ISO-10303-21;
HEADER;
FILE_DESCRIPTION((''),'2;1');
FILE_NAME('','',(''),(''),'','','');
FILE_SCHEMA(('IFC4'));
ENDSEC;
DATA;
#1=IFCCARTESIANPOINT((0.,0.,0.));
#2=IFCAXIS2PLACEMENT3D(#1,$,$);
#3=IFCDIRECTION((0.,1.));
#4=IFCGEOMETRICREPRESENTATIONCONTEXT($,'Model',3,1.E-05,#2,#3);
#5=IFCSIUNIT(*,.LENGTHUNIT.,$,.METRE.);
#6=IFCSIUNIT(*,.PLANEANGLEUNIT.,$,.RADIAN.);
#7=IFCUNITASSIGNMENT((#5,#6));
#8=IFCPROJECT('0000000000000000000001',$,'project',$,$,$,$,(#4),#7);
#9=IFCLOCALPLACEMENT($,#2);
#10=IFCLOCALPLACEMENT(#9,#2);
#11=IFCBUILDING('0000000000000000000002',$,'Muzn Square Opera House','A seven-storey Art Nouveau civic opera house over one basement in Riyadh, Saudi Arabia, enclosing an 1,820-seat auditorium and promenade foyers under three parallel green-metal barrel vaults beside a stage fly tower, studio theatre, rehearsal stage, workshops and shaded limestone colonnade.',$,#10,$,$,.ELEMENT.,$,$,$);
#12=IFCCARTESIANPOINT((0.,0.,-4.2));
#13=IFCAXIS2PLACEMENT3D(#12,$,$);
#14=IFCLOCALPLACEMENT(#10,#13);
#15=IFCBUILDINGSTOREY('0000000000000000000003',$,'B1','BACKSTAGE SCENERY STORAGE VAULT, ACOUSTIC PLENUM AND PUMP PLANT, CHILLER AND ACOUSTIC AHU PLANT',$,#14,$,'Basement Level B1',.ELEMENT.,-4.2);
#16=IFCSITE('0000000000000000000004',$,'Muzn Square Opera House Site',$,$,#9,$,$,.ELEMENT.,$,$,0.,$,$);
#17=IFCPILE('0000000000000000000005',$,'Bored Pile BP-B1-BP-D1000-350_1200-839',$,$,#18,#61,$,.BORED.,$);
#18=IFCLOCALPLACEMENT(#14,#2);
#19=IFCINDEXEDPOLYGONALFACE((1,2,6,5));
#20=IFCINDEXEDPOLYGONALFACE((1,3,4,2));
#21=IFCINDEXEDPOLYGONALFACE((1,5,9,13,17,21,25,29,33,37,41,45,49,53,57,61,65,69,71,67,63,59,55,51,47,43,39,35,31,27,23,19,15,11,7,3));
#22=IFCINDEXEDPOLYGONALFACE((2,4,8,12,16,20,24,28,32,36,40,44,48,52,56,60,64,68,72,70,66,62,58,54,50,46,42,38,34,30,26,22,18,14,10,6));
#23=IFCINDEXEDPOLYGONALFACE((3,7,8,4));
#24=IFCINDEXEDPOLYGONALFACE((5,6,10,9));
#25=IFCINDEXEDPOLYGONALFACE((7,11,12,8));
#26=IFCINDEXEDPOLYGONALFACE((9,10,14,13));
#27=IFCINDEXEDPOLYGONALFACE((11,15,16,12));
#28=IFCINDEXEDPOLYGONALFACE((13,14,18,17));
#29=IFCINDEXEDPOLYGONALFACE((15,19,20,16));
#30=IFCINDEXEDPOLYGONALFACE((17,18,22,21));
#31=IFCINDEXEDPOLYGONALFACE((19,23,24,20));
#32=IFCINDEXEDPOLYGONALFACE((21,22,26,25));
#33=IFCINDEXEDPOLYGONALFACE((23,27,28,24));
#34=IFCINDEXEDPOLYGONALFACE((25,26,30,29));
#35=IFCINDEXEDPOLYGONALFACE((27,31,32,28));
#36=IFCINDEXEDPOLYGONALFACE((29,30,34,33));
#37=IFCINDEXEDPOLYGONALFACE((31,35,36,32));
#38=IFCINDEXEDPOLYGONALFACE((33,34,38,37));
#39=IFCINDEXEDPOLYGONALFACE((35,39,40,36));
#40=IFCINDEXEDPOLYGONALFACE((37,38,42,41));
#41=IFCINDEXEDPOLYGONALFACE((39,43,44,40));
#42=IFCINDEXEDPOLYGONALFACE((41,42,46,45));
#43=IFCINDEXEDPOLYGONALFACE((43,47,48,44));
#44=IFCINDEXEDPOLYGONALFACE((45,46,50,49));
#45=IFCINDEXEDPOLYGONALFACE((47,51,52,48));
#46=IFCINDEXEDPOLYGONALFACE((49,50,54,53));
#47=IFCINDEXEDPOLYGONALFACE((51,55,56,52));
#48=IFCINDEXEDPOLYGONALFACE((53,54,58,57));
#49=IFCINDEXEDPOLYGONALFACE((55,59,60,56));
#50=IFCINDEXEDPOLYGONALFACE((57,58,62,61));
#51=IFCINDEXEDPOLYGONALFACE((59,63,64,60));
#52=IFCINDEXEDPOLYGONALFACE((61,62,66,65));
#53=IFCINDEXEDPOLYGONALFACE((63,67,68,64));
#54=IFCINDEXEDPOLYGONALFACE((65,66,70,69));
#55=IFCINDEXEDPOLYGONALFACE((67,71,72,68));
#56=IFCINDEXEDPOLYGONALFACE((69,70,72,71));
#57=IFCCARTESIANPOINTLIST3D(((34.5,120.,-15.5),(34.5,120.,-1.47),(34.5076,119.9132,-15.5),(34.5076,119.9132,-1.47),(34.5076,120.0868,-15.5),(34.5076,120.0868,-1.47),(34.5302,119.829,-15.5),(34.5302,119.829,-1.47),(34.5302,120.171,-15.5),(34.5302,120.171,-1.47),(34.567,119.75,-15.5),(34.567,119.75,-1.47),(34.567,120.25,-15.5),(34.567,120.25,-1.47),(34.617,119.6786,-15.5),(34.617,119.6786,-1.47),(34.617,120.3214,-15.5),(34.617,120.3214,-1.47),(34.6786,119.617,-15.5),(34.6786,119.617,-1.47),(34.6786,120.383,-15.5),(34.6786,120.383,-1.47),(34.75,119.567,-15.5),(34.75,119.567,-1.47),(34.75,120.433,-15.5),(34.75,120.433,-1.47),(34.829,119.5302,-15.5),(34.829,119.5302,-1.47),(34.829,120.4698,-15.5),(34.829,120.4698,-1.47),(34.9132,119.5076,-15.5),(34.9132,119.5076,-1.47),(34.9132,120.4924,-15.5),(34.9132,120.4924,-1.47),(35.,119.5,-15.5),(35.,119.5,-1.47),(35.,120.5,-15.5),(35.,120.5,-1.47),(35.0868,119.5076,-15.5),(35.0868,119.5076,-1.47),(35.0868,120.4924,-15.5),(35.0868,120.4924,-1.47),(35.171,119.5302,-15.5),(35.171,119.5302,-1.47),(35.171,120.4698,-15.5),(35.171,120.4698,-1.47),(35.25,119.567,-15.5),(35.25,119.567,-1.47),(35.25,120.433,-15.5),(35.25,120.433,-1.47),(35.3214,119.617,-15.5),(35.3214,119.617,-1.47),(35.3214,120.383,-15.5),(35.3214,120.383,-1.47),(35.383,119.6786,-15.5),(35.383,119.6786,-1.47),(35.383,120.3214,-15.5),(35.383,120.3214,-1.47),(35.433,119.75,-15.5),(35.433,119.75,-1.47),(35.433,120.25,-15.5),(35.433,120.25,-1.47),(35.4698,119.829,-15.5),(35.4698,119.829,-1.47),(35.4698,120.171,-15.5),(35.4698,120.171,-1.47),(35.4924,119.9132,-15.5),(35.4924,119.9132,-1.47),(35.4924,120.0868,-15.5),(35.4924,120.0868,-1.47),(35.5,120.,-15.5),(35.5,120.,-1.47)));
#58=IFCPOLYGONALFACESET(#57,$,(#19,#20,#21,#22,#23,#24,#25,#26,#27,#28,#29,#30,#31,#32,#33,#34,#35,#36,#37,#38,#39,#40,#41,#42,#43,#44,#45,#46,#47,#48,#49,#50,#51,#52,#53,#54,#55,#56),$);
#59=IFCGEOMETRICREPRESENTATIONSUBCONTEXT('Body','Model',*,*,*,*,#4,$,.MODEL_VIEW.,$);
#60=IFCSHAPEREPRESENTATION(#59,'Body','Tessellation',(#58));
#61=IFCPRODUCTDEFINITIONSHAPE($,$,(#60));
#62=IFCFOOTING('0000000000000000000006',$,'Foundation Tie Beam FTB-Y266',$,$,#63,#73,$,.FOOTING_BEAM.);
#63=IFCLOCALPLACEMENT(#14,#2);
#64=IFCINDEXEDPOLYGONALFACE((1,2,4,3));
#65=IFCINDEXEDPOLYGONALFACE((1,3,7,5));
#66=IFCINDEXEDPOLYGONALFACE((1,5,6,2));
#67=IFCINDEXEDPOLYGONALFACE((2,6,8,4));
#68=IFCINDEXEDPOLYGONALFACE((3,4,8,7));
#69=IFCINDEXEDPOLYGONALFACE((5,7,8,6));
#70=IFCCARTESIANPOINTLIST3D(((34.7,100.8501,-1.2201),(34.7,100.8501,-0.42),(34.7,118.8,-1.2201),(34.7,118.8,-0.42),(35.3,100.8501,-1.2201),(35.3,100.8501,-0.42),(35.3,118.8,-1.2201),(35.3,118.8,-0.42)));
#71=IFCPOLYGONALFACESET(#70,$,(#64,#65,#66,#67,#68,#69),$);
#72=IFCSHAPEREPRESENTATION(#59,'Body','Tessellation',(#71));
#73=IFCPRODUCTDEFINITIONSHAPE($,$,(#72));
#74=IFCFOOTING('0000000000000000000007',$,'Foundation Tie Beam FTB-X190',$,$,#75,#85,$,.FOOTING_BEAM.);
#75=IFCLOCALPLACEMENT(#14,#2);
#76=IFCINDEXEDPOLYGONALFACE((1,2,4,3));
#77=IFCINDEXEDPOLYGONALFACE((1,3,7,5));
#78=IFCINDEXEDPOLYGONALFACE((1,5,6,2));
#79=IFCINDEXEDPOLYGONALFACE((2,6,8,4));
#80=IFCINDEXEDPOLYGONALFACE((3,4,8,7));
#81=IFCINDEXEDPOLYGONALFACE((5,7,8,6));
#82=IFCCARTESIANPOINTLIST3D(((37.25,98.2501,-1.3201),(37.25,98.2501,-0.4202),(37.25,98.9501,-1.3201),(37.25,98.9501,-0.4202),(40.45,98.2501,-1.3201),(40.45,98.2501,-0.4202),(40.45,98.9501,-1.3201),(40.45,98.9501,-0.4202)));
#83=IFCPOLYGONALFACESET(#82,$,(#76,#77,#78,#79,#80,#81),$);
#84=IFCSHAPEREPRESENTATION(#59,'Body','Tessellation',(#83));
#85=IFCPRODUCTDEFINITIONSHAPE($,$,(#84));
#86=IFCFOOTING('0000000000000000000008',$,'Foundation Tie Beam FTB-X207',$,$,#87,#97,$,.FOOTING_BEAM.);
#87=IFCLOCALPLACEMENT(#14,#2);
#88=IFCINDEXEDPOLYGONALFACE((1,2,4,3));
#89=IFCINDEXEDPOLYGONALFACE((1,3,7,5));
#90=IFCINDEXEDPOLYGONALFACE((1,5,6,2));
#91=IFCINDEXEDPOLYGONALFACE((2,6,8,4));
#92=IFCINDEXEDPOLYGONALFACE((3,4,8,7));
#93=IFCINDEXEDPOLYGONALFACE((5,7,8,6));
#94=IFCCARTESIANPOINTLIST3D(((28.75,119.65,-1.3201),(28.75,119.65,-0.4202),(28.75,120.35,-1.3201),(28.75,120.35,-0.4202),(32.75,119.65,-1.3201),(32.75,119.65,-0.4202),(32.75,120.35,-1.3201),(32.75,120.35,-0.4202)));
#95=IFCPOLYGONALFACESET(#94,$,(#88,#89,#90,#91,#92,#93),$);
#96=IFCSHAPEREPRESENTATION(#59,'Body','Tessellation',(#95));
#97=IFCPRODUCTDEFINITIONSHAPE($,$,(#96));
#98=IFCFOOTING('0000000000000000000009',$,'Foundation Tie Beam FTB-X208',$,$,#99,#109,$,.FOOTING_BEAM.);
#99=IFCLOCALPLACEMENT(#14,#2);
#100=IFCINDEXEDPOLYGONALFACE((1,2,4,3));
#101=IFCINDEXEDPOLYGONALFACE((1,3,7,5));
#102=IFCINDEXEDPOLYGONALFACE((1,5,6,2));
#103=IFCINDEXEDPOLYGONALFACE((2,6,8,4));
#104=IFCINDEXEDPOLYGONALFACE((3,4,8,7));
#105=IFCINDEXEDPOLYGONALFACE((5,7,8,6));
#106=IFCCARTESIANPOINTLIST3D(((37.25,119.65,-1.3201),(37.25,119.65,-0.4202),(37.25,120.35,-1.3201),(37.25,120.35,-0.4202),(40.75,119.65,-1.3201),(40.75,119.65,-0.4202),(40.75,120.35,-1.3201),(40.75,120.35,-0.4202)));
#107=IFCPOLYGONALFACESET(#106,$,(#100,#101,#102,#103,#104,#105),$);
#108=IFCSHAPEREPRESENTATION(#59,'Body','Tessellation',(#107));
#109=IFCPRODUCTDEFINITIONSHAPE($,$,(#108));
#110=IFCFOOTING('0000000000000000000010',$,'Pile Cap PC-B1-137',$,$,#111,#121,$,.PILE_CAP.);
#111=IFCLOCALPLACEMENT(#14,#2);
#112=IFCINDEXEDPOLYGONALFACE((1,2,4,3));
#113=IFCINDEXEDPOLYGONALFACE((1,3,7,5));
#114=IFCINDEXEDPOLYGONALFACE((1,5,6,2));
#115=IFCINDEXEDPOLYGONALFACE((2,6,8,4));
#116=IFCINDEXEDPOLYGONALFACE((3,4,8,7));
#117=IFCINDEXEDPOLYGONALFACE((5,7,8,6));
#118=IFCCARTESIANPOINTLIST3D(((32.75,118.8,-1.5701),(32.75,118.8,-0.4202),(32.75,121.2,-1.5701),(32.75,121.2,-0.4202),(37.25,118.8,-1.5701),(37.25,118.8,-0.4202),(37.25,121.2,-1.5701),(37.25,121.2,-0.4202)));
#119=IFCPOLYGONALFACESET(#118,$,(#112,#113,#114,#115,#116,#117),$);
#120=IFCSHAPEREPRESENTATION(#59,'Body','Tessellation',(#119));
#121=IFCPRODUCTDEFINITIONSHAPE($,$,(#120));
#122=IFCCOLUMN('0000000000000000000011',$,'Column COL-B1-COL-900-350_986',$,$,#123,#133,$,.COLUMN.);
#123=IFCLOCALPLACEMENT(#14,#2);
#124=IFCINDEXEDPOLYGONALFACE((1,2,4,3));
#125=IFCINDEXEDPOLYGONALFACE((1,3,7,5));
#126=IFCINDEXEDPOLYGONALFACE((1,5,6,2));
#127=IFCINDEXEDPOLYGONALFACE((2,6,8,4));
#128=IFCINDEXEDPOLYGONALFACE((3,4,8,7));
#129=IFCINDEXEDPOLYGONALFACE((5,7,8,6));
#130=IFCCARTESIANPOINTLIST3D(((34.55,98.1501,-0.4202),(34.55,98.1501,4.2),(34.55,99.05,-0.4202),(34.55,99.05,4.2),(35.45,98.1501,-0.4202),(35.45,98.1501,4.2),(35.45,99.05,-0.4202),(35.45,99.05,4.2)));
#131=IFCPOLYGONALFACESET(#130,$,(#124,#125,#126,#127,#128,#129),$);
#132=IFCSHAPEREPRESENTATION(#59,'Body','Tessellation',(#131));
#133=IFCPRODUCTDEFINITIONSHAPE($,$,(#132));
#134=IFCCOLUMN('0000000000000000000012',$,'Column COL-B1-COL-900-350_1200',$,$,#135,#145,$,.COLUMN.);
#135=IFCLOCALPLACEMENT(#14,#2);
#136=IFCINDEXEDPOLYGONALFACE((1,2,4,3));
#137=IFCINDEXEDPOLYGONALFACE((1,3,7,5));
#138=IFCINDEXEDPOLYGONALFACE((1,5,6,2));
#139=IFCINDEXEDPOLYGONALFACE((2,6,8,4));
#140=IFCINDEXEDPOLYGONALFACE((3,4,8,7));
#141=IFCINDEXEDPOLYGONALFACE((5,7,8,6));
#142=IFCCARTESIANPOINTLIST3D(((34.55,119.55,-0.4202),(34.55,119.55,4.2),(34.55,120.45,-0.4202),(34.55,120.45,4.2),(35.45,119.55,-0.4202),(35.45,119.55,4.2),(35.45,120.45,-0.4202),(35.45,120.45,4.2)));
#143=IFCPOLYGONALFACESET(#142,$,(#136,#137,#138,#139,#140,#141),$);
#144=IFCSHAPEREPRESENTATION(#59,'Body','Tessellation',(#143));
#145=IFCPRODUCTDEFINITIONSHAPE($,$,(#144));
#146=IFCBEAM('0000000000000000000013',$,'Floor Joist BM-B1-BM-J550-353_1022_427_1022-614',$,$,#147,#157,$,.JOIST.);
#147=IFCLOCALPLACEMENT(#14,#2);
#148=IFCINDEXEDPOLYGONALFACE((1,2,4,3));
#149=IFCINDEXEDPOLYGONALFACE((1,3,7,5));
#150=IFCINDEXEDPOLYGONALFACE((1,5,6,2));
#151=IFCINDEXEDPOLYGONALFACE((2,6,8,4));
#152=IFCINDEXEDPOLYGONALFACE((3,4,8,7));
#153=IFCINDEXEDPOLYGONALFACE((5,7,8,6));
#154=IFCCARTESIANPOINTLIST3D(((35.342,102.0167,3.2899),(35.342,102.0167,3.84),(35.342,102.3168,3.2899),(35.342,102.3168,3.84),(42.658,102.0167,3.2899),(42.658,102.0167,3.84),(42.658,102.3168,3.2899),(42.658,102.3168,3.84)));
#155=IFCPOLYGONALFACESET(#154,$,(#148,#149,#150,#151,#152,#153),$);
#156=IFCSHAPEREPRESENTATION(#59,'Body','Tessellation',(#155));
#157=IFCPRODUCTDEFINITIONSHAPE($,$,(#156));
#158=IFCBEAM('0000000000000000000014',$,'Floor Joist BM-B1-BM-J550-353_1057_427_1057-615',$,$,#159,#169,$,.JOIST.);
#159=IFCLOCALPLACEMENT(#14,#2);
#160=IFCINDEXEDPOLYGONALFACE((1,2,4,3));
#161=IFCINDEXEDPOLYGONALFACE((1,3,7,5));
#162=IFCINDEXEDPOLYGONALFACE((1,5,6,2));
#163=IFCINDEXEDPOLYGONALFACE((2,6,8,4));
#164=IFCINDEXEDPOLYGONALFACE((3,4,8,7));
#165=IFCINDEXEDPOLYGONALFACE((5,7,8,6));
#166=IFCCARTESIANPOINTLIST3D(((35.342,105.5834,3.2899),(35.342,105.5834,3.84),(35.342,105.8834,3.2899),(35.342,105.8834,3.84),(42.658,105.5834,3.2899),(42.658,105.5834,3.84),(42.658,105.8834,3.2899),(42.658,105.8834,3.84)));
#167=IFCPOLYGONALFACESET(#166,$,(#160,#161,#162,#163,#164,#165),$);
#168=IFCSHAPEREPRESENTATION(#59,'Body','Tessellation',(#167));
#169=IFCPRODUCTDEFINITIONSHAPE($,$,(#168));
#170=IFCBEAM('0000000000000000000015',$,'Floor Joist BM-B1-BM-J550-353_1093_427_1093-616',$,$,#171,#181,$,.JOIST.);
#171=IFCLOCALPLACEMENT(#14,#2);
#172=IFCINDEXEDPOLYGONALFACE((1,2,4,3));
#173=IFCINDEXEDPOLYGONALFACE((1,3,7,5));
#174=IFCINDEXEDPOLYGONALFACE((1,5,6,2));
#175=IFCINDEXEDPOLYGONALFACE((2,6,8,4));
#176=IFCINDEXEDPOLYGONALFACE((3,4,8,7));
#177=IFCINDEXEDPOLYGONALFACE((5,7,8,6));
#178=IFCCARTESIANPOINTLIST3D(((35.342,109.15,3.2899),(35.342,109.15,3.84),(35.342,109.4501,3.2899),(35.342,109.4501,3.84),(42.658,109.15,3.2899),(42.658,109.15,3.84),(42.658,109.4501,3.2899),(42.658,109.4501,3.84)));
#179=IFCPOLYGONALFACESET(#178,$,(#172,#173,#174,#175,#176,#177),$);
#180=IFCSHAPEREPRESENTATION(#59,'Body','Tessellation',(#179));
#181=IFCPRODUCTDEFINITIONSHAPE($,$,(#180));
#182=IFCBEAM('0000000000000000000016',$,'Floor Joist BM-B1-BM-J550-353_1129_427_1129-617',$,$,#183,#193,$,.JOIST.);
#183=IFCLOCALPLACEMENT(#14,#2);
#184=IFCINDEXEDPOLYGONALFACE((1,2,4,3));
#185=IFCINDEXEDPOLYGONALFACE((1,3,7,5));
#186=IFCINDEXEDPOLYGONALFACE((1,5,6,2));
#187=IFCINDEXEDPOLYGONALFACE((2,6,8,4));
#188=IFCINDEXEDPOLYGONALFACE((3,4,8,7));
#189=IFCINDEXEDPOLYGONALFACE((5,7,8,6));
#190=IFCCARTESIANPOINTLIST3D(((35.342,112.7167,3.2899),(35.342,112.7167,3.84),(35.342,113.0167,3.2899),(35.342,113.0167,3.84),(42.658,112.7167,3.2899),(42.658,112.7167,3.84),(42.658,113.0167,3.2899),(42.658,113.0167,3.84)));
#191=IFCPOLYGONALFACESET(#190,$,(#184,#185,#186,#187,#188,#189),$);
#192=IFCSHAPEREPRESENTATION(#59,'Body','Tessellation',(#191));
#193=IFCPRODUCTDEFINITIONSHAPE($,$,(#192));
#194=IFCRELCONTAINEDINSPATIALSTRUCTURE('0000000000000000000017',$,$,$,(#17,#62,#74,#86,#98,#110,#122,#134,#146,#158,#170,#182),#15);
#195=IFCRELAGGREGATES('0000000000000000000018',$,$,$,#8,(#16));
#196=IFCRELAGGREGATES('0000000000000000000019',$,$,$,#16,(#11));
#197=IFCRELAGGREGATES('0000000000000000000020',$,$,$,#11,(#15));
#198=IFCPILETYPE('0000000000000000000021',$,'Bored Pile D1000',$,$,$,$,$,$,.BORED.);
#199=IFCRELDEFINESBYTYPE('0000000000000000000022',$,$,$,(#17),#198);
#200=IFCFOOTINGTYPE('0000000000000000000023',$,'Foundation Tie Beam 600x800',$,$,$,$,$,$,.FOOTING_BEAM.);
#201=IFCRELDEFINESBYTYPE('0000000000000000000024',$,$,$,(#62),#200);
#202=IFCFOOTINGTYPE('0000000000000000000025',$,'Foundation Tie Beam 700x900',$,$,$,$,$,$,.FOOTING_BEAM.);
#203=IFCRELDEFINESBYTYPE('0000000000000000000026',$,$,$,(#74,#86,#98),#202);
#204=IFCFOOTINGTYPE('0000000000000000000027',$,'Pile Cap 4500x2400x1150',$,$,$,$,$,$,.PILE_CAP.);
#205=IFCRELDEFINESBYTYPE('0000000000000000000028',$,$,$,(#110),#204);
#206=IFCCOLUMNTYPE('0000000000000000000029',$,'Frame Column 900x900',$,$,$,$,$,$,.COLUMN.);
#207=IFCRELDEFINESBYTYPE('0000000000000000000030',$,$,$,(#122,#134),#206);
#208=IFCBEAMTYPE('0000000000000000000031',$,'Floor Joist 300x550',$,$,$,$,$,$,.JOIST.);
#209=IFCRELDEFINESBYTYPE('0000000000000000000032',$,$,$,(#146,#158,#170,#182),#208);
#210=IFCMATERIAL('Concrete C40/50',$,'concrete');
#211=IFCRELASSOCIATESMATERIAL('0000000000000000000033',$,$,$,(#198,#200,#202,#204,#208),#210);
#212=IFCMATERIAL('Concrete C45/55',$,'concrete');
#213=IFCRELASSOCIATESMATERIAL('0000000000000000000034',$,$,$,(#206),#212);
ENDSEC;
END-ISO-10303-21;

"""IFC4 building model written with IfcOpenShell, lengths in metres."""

from ifc_helpers import new_model, si_unit, direction, frame, origin, origin_2d, place, context, subcontext, project, spatial, rectangle, circle, extrude, material, material_profile, profile_set, type_object, element, save


model = new_model("IFC4")

# Units and contexts
model_context = context("Model", 3, precision=1e-05, world=origin(), true_north=direction((0.0, 1.0)))
body_context = subcontext(model_context, "Body", "Model", "MODEL_VIEW")
ifc_project = project(units=[si_unit("LENGTHUNIT", "METRE"), si_unit("PLANEANGLEUNIT", "RADIAN")], contexts=[model_context])

# Site, building, storey
site_placement = place(None, origin())
site = spatial("IfcSite", under=ifc_project, at=site_placement, Name="Muzn Square Opera House Site", CompositionType="ELEMENT", RefElevation=0.0)
building_placement = place(site_placement, origin())
building = spatial("IfcBuilding", under=site, at=building_placement, Name="Muzn Square Opera House", Description="A seven-storey Art Nouveau civic opera house over one basement in Riyadh, Saudi Arabia, enclosing an 1,820-seat auditorium and promenade foyers under three parallel green-metal barrel vaults beside a stage fly tower, studio theatre, rehearsal stage, workshops and shaded limestone colonnade.", CompositionType="ELEMENT")
storey_placement = place(building_placement, frame((0.0, 0.0, -4.2)))
storey = spatial("IfcBuildingStorey", under=building, at=storey_placement, Name="B1", Description="BACKSTAGE SCENERY STORAGE VAULT, ACOUSTIC PLENUM AND PUMP PLANT, CHILLER AND ACOUSTIC AHU PLANT", LongName="Basement Level B1", CompositionType="ELEMENT", Elevation=-4.2)

# Pile
ifc_material_1 = material(Name="Concrete C40/50", Category="concrete")
ifc_material_profile_1 = material_profile(ifc_material_1, circle(Radius=0.5, at=origin_2d()), Name="BORED PILE D1000", Category="concrete")
ifc_profile_set_1 = profile_set([ifc_material_profile_1], Name="Concrete C40/50")
pile_type = type_object("IfcPileType", Name="Bored Pile D1000", PredefinedType="BORED", material=ifc_profile_set_1)
pile_placement = place(storey_placement, frame((35.0, 120.0, -1.47), z_axis=(0.0, 0.0, -1.0), x_axis=(1.0, 0.0, 0.0)))
element("IfcPile", 1, at=pile_placement, inside=storey, type_object=pile_type, Name="Bored Pile BP-B1-BP-D1000-350_1200-839", PredefinedType="BORED", context=body_context, shape_type="SweptSolid", body=[
    extrude(circle(Radius=0.5, at=origin_2d()), origin(), (0.0, 0.0, 1.0), 14.03),
])

# Footings
ifc_material_profile_2 = material_profile(ifc_material_1, rectangle(XDim=0.6001, YDim=0.8, at=origin_2d()), Name="RCTB 600x800", Category="concrete")
ifc_profile_set_2 = profile_set([ifc_material_profile_2], Name="Concrete C40/50")
footing_type_1 = type_object("IfcFootingType", Name="Foundation Tie Beam 600x800", PredefinedType="FOOTING_BEAM", material=ifc_profile_set_2)
footing_1_placement = place(storey_placement, frame((35.0, 100.8501, -0.8201), z_axis=(0.0, 1.0, 0.0), x_axis=(-1.0, 0.0, 0.0)))
element("IfcFooting", 2, at=footing_1_placement, inside=storey, type_object=footing_type_1, Name="Foundation Tie Beam FTB-Y266", PredefinedType="FOOTING_BEAM", context=body_context, shape_type="SweptSolid", body=[
    extrude(rectangle(XDim=0.6001, YDim=0.8, at=origin_2d()), origin(), (0.0, 0.0, 1.0), 17.95),
])
ifc_material_profile_3 = material_profile(ifc_material_1, rectangle(XDim=0.7, YDim=0.8999, at=origin_2d()), Name="RCTB 700x900", Category="concrete")
ifc_profile_set_3 = profile_set([ifc_material_profile_3], Name="Concrete C40/50")
footing_type_2 = type_object("IfcFootingType", Name="Foundation Tie Beam 700x900", PredefinedType="FOOTING_BEAM", material=ifc_profile_set_3)
footing_2_placement = place(storey_placement, frame((37.25, 98.6001, -0.8701), z_axis=(1.0, 0.0, 0.0), x_axis=(0.0, 1.0, 0.0)))
element("IfcFooting", 3, at=footing_2_placement, inside=storey, type_object=footing_type_2, Name="Foundation Tie Beam FTB-X190", PredefinedType="FOOTING_BEAM", context=body_context, shape_type="SweptSolid", body=[
    extrude(rectangle(XDim=0.7, YDim=0.8999, at=origin_2d()), origin(), (0.0, 0.0, 1.0), 3.2),
])
footing_3_placement = place(storey_placement, frame((28.75, 120.0, -0.8701), z_axis=(1.0, 0.0, 0.0), x_axis=(0.0, 1.0, 0.0)))
element("IfcFooting", 4, at=footing_3_placement, inside=storey, type_object=footing_type_2, Name="Foundation Tie Beam FTB-X207", PredefinedType="FOOTING_BEAM", context=body_context, shape_type="SweptSolid", body=[
    extrude(rectangle(XDim=0.7, YDim=0.8999, at=origin_2d()), origin(), (0.0, 0.0, 1.0), 4.0),
])
footing_4_placement = place(storey_placement, frame((37.25, 120.0, -0.8701), z_axis=(1.0, 0.0, 0.0), x_axis=(0.0, 1.0, 0.0)))
element("IfcFooting", 5, at=footing_4_placement, inside=storey, type_object=footing_type_2, Name="Foundation Tie Beam FTB-X208", PredefinedType="FOOTING_BEAM", context=body_context, shape_type="SweptSolid", body=[
    extrude(rectangle(XDim=0.7, YDim=0.8999, at=origin_2d()), origin(), (0.0, 0.0, 1.0), 3.5),
])
footing_type_3 = type_object("IfcFootingType", Name="Pile Cap 4500x2400x1150", PredefinedType="PILE_CAP", material=ifc_material_1)
footing_5_placement = place(storey_placement, frame((35.0, 120.0, -1.5701), z_axis=(0.0, 0.0, 1.0), x_axis=(1.0, 0.0, 0.0)))
element("IfcFooting", 6, at=footing_5_placement, inside=storey, type_object=footing_type_3, Name="Pile Cap PC-B1-137", PredefinedType="PILE_CAP", context=body_context, shape_type="SweptSolid", body=[
    extrude(rectangle(XDim=4.5, YDim=2.3999, at=origin_2d()), origin(), (0.0, 0.0, 1.0), 1.1499),
])

# Columns
ifc_material_2 = material(Name="Concrete C45/55", Category="concrete")
ifc_material_profile_4 = material_profile(ifc_material_2, rectangle(XDim=0.8999, YDim=0.8999, at=origin_2d()), Name="RC 900x900", Category="concrete")
ifc_profile_set_4 = profile_set([ifc_material_profile_4], Name="Concrete C45/55")
column_type = type_object("IfcColumnType", Name="Frame Column 900x900", PredefinedType="COLUMN", material=ifc_profile_set_4)
for number, where, z_axis, x_axis, name in (
    (7, (35.0, 98.6001, -0.4202), (0.0, 0.0, 1.0), (1.0, 0.0, 0.0), "Column COL-B1-COL-900-350_986"),
    (8, (35.0, 120.0, -0.4202), (0.0, 0.0, 1.0), (1.0, 0.0, 0.0), "Column COL-B1-COL-900-350_1200"),
):
    element("IfcColumn", number, at=place(storey_placement, frame(where, z_axis=z_axis, x_axis=x_axis)), inside=storey, type_object=column_type, Name=name, PredefinedType="COLUMN", context=body_context, shape_type="SweptSolid", body=[
        extrude(rectangle(XDim=0.8999, YDim=0.8999, at=origin_2d()), origin(), (0.0, 0.0, 1.0), 4.6201),
    ])

# Beams
ifc_material_profile_5 = material_profile(ifc_material_1, rectangle(XDim=0.3, YDim=0.55, at=origin_2d()), Name="RCJ 300x550", Category="concrete")
ifc_profile_set_5 = profile_set([ifc_material_profile_5], Name="Concrete C40/50")
beam_type_1 = type_object("IfcBeamType", Name="Floor Joist 300x550", PredefinedType="JOIST", material=ifc_profile_set_5)
for number, where, z_axis, x_axis, name in (
    (9, (35.342, 102.1667, 3.5649), (1.0, 0.0, 0.0), (0.0, 1.0, 0.0), "Floor Joist BM-B1-BM-J550-353_1022_427_1022-614"),
    (10, (35.342, 105.7334, 3.5649), (1.0, 0.0, 0.0), (0.0, 1.0, 0.0), "Floor Joist BM-B1-BM-J550-353_1057_427_1057-615"),
    (11, (35.342, 109.3, 3.5649), (1.0, 0.0, 0.0), (0.0, 1.0, 0.0), "Floor Joist BM-B1-BM-J550-353_1093_427_1093-616"),
    (12, (35.342, 112.8667, 3.5649), (1.0, 0.0, 0.0), (0.0, 1.0, 0.0), "Floor Joist BM-B1-BM-J550-353_1129_427_1129-617"),
):
    element("IfcBeam", number, at=place(storey_placement, frame(where, z_axis=z_axis, x_axis=x_axis)), inside=storey, type_object=beam_type_1, Name=name, PredefinedType="JOIST", context=body_context, shape_type="SweptSolid", body=[
        extrude(rectangle(XDim=0.3, YDim=0.55, at=origin_2d()), origin(), (0.0, 0.0, 1.0), 7.3159),
    ])

save(model, "model.ifc")
